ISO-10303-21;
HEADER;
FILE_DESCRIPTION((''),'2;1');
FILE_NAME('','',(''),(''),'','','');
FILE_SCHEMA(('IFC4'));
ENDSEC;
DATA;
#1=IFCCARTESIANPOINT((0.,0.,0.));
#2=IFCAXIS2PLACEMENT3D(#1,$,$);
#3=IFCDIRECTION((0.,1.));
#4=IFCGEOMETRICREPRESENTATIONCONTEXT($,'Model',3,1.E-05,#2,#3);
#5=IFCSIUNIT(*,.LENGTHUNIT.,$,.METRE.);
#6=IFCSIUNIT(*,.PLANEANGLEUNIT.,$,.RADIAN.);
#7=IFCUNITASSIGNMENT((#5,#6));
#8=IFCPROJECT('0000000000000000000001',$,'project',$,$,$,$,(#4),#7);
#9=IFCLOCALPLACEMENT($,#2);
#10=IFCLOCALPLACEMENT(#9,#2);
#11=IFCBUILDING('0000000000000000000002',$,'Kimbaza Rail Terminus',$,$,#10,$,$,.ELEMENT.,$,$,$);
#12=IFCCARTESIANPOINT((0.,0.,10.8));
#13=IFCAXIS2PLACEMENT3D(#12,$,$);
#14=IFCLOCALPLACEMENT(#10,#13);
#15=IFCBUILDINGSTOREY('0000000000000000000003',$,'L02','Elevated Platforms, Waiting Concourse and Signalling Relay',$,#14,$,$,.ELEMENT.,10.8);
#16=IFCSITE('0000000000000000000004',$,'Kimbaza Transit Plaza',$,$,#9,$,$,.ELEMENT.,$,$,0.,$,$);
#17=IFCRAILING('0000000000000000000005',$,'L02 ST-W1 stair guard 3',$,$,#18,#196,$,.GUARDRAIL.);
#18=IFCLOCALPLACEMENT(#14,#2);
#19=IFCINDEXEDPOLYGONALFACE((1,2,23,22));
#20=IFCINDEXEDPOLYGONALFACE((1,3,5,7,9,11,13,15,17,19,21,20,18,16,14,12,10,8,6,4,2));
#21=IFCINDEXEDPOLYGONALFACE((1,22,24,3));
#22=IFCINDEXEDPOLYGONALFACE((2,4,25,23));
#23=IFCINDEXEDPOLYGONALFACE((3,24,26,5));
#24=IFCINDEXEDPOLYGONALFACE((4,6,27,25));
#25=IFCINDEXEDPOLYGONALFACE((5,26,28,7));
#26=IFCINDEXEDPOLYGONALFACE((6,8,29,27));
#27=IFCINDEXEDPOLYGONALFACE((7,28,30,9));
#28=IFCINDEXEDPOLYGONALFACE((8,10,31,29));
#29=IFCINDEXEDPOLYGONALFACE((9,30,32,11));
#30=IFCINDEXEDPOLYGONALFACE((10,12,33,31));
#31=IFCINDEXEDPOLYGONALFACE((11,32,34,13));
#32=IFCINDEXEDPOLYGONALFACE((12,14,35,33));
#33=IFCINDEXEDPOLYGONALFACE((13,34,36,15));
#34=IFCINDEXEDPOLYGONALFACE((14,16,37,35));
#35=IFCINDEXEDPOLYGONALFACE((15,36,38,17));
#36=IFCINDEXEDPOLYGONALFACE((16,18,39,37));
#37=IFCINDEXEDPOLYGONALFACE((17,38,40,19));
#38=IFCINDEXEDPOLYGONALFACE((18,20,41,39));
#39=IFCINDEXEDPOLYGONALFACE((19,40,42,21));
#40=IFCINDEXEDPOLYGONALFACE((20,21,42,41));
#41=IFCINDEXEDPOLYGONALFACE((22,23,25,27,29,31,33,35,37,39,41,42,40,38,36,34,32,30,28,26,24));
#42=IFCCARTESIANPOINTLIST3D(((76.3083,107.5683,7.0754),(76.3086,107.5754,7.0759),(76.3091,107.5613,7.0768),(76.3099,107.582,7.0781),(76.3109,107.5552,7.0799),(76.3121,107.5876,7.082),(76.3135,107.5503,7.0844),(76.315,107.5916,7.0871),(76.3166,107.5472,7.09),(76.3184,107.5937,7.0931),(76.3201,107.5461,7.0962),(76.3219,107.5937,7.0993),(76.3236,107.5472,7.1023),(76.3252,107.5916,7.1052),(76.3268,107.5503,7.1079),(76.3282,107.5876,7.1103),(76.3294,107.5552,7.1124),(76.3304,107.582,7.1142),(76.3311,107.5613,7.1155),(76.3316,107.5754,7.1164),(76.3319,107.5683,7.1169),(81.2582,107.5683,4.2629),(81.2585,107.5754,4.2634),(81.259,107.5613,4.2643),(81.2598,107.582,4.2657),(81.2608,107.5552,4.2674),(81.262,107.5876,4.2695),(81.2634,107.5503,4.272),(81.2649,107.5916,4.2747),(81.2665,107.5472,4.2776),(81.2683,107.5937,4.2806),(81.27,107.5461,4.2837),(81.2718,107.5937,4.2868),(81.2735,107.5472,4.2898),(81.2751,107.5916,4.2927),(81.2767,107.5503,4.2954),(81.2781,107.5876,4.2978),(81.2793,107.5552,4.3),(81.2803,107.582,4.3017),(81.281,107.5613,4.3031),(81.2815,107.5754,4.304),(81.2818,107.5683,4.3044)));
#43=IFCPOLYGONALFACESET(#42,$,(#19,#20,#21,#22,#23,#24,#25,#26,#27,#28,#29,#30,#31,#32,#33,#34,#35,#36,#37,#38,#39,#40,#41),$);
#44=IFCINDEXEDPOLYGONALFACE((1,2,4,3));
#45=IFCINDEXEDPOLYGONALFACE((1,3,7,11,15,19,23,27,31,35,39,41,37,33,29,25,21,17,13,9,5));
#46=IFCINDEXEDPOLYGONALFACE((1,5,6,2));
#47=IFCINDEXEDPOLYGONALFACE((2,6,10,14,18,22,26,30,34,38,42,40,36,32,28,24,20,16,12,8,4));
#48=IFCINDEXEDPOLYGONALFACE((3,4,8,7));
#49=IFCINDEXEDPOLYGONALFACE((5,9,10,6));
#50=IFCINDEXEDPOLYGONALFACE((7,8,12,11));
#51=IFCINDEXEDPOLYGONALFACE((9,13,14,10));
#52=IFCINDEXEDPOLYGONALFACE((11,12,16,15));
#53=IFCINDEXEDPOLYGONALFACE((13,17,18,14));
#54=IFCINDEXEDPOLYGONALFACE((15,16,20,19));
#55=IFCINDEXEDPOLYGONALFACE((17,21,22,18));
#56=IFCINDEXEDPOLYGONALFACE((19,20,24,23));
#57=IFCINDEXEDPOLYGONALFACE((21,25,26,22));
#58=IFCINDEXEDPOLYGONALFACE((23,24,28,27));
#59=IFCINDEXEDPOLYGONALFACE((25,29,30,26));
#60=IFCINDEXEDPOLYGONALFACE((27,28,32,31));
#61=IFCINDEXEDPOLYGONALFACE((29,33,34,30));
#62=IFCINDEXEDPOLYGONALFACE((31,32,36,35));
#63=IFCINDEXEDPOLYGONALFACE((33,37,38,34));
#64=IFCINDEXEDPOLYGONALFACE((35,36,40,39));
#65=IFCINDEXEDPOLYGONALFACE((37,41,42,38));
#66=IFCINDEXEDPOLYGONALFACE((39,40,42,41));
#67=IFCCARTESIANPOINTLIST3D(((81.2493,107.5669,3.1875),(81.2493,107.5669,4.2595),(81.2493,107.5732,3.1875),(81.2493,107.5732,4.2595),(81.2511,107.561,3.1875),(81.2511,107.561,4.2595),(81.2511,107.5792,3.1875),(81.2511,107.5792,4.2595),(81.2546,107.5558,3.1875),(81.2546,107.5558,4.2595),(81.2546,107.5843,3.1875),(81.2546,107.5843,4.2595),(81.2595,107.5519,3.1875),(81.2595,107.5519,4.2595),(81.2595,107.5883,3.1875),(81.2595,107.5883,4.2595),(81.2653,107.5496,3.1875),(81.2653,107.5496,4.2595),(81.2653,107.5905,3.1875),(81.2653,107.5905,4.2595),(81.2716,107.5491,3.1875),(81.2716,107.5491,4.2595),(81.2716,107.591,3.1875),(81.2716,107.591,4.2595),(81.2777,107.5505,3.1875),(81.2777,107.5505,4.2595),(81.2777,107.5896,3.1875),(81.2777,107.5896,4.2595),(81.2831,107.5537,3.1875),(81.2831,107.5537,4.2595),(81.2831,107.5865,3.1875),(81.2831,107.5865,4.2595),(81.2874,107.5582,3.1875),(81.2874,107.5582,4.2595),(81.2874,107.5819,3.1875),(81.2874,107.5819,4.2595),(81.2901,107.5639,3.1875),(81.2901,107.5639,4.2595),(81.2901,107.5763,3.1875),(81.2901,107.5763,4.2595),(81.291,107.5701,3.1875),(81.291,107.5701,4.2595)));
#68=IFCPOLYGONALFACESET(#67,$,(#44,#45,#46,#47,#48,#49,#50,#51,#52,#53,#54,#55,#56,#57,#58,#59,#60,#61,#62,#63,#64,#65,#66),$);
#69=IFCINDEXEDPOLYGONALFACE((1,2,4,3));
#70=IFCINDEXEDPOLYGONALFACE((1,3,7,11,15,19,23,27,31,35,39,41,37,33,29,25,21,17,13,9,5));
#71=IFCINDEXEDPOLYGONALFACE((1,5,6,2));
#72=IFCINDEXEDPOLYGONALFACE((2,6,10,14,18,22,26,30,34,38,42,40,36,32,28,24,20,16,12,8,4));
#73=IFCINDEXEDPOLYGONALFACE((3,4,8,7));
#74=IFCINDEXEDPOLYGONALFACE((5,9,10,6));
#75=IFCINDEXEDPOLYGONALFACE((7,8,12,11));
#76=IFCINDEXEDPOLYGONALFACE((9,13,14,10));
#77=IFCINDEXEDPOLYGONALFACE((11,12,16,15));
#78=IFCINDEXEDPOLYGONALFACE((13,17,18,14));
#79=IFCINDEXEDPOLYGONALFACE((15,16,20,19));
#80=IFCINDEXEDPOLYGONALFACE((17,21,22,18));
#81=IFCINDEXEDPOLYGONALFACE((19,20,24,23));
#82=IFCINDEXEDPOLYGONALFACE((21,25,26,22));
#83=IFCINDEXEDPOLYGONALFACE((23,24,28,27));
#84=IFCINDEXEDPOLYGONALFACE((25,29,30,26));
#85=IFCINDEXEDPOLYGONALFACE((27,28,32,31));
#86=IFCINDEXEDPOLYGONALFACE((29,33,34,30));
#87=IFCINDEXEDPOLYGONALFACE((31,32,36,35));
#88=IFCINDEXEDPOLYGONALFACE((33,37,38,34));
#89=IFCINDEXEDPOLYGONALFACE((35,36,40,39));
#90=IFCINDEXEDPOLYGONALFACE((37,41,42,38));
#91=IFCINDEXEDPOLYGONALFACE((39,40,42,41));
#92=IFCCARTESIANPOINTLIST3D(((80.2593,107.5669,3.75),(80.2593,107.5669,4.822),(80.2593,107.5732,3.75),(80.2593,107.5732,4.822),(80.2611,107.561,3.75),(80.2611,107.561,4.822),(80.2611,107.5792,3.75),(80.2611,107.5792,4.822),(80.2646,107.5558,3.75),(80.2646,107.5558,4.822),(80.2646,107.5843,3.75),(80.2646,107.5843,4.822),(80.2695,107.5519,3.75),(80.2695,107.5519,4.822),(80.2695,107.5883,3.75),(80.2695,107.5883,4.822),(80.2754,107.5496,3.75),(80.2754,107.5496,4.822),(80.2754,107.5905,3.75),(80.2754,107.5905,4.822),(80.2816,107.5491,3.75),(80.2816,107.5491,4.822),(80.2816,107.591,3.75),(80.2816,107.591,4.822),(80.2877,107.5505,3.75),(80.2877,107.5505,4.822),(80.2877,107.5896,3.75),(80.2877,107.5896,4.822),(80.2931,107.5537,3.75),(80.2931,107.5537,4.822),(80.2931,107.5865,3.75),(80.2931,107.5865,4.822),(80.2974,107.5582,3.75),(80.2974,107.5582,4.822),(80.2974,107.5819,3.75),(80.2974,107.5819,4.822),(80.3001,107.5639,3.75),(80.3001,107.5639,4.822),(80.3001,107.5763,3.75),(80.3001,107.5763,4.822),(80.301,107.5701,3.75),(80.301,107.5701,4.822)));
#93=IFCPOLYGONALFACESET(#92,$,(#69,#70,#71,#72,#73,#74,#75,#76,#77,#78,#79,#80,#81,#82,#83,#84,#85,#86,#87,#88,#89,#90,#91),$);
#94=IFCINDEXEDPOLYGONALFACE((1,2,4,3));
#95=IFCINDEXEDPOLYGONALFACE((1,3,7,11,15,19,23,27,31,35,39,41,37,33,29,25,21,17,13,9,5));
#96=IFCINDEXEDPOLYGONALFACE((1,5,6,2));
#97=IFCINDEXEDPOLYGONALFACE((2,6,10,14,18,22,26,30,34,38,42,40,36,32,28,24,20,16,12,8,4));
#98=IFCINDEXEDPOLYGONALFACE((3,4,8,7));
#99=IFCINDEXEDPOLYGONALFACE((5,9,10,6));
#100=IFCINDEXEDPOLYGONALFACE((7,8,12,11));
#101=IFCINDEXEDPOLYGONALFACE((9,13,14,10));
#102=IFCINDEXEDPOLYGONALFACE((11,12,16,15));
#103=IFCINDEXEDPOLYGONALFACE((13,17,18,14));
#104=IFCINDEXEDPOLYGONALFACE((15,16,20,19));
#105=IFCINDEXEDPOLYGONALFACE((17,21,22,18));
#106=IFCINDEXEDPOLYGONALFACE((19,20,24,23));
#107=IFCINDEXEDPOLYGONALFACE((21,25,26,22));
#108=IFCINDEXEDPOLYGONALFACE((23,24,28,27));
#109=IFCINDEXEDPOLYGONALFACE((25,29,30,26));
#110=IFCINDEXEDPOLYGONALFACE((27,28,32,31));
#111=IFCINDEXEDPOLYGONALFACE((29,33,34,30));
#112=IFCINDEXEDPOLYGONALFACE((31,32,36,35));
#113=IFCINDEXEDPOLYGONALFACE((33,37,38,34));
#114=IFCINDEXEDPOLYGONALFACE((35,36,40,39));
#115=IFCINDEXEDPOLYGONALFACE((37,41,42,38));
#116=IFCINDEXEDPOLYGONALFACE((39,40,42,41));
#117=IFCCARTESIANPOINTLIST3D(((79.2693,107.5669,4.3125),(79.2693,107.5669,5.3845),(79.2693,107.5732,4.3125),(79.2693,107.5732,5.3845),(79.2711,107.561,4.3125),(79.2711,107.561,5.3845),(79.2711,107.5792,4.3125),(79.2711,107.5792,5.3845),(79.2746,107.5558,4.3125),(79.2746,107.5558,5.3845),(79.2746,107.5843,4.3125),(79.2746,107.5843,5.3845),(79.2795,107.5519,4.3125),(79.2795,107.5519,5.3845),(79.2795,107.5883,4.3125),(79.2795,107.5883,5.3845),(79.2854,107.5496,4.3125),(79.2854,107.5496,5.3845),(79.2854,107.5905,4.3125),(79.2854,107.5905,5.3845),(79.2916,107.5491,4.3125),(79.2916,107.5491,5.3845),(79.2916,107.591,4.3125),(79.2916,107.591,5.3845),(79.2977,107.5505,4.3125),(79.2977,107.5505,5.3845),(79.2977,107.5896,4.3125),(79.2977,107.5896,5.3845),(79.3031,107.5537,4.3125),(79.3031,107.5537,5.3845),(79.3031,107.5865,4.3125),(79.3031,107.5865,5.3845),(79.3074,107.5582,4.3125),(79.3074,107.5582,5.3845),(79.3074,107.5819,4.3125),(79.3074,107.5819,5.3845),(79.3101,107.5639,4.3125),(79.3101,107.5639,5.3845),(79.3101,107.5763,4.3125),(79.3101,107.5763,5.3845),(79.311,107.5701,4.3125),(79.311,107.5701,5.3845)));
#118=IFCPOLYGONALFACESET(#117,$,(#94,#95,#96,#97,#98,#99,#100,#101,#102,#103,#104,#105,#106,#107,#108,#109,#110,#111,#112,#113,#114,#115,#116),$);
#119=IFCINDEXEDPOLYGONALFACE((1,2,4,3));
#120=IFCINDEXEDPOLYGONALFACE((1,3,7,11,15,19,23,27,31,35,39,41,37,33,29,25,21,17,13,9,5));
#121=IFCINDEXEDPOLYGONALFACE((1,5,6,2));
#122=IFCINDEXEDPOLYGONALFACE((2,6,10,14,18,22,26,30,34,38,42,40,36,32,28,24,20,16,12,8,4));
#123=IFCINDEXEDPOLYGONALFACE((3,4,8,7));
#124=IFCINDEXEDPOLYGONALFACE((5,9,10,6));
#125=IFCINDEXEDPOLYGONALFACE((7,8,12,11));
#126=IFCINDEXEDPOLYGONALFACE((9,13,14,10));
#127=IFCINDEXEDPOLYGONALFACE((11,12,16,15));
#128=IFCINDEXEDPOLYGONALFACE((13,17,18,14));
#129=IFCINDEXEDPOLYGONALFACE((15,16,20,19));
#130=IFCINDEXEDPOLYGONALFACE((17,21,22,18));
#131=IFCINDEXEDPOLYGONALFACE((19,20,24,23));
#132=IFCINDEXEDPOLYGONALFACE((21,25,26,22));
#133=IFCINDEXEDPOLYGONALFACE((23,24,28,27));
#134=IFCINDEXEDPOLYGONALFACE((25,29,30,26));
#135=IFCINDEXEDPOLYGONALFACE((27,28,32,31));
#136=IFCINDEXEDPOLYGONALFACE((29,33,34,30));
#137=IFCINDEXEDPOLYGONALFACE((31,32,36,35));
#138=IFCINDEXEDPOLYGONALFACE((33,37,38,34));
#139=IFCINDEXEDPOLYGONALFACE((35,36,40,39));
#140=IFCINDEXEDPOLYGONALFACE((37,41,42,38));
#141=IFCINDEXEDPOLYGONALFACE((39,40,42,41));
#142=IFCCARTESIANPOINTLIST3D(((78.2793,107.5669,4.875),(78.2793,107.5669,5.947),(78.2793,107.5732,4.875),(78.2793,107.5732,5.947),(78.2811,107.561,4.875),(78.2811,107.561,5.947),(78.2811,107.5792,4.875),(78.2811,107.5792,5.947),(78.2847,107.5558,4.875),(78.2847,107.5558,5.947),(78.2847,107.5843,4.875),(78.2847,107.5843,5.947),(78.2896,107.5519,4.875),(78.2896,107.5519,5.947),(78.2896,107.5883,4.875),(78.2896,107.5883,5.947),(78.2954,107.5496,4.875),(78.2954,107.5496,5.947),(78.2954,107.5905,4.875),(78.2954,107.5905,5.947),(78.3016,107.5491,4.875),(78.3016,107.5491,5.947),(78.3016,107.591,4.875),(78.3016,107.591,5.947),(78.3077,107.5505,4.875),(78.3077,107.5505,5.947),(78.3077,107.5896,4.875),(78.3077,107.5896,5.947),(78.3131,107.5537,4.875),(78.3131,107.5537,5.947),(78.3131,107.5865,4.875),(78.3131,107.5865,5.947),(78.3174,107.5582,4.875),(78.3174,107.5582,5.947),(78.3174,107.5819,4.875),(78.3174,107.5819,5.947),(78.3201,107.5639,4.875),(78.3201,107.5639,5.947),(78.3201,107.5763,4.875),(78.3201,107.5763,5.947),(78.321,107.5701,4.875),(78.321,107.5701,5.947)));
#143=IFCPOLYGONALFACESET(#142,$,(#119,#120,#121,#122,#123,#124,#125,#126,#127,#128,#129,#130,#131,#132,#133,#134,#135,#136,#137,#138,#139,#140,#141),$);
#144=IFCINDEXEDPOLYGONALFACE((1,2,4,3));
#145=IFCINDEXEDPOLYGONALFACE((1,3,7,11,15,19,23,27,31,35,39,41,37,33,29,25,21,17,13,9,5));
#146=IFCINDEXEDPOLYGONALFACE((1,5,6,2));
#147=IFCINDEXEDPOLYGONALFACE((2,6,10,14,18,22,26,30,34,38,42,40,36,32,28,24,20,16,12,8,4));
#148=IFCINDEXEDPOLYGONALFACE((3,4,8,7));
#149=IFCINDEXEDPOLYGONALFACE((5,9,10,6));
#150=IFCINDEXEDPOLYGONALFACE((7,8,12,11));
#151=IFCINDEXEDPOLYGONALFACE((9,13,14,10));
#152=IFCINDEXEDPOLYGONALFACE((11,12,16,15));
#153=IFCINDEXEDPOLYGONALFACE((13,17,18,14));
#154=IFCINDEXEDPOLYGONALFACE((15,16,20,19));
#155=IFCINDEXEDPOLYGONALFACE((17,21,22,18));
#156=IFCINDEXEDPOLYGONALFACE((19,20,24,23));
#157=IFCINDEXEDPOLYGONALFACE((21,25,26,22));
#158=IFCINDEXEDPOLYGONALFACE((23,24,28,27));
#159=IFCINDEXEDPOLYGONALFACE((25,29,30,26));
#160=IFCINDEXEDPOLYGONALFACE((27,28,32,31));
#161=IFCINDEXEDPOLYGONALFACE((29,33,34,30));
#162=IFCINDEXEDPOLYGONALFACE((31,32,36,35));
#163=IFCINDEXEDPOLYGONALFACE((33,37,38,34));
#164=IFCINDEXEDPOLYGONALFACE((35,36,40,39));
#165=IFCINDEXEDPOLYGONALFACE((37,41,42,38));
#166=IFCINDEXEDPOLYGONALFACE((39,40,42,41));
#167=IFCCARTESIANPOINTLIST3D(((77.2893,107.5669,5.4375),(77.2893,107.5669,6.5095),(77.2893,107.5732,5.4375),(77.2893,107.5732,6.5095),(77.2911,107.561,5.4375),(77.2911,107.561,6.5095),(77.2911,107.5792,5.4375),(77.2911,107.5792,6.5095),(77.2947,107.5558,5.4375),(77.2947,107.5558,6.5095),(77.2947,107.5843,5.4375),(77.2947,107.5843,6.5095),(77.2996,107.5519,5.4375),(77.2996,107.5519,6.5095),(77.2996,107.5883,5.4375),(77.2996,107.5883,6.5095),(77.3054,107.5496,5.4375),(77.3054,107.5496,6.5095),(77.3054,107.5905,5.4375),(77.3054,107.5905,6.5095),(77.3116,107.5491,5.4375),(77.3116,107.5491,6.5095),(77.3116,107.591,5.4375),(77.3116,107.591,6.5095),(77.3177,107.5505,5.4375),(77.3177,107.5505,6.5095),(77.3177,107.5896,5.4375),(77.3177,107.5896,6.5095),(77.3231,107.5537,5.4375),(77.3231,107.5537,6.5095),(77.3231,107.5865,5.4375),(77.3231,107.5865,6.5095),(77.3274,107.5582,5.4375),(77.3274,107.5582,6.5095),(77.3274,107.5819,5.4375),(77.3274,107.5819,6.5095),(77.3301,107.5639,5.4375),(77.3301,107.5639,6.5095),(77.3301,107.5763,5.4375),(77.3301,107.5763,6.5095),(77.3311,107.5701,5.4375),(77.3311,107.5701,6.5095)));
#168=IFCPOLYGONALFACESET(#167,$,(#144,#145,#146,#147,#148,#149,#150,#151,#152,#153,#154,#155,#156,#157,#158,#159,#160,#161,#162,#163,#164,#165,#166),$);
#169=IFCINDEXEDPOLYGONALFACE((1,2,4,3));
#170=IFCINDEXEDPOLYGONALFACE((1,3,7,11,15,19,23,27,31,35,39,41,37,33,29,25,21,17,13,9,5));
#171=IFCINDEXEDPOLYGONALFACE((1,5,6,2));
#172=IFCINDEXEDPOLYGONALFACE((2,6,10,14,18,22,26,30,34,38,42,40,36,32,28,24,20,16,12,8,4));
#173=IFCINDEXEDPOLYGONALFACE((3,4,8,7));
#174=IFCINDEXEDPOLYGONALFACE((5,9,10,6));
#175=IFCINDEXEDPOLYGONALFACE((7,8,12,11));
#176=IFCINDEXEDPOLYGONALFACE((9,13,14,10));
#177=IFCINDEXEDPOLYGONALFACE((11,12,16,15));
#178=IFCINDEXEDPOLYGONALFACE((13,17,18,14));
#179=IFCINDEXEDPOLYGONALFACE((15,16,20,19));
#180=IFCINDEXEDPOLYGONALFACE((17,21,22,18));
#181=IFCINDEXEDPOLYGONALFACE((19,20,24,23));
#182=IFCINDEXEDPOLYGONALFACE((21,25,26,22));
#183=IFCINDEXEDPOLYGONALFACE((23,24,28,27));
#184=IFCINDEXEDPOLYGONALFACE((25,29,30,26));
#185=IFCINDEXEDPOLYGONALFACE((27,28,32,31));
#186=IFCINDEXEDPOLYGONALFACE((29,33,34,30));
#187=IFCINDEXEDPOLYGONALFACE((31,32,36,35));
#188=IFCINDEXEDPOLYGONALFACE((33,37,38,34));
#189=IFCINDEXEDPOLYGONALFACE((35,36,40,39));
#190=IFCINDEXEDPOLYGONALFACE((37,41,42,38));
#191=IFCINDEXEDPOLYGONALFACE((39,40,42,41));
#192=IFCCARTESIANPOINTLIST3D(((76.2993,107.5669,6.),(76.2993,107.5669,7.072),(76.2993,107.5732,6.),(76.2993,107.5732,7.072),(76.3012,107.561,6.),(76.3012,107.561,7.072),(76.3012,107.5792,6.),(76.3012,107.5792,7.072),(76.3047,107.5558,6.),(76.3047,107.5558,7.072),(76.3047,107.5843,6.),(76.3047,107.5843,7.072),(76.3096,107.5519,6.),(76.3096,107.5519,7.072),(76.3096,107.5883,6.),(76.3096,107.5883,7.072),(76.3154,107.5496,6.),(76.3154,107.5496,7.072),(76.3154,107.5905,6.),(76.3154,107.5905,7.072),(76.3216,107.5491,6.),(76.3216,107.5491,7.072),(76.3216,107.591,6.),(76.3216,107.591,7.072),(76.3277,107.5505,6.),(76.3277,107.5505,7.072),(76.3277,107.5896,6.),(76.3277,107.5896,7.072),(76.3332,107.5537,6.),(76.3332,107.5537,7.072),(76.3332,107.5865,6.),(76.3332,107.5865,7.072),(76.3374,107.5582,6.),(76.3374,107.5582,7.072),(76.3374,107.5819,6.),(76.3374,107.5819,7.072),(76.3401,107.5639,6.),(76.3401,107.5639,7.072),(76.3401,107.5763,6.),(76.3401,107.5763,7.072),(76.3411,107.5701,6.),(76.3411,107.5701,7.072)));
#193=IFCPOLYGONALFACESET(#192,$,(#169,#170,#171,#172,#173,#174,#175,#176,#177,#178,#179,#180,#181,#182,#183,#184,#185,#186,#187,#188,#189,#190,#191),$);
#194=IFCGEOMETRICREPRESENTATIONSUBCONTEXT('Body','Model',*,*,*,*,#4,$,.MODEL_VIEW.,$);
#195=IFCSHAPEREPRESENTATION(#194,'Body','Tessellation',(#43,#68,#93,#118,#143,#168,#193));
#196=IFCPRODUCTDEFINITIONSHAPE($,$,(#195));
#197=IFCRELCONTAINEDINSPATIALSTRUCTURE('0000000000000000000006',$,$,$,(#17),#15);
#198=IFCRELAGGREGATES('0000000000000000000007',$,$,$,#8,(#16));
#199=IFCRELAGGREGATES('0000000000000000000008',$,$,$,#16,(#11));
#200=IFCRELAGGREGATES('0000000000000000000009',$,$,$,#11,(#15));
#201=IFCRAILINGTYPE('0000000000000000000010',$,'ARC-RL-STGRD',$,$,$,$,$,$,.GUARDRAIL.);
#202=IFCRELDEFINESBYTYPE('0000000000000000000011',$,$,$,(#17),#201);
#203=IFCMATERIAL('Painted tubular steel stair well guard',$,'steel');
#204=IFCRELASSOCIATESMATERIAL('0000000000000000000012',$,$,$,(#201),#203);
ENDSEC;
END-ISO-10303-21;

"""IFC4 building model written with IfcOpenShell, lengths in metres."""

from ifc_helpers import new_model, si_unit, direction, frame, origin, origin_2d, place, context, subcontext, project, spatial, circle, extrude, material, type_object, element, save


model = new_model("IFC4")

# Units and contexts
model_context = context("Model", 3, precision=1e-05, world=origin(), true_north=direction((0.0, 1.0)))
body_context = subcontext(model_context, "Body", "Model", "MODEL_VIEW")
ifc_project = project(units=[si_unit("LENGTHUNIT", "METRE"), si_unit("PLANEANGLEUNIT", "RADIAN")], contexts=[model_context])

# Site, building, storey
site_placement = place(None, origin())
site = spatial("IfcSite", under=ifc_project, at=site_placement, Name="Kimbaza Transit Plaza", CompositionType="ELEMENT", RefElevation=0.0)
building_placement = place(site_placement, origin())
building = spatial("IfcBuilding", under=site, at=building_placement, Name="Kimbaza Rail Terminus", CompositionType="ELEMENT")
storey_placement = place(building_placement, frame((0.0, 0.0, 10.8)))
storey = spatial("IfcBuildingStorey", under=building, at=storey_placement, Name="L02", Description="Elevated Platforms, Waiting Concourse and Signalling Relay", CompositionType="ELEMENT", Elevation=10.8)

# Railing
ifc_material_1 = material(Name="Painted tubular steel stair well guard", Category="steel")
railing_type_1 = type_object("IfcRailingType", Name="ARC-RL-STGRD", PredefinedType="GUARDRAIL", material=ifc_material_1)
railing_1_placement = place(storey_placement, frame((81.27, 107.5701, 3.1875)))
element("IfcRailing", 1, at=railing_1_placement, inside=storey, type_object=railing_type_1, Name="L02 ST-W1 stair guard 3", PredefinedType="GUARDRAIL", context=body_context, shape_type="SweptSolid", body=[
    extrude(circle(Radius=0.0239, at=origin_2d()), frame((0.0, 0.0, 1.0962), z_axis=(-0.869454, 0.0, 0.494013), x_axis=(0.0, -1.0, 0.0)), (0.0, 0.0, 1.0), 5.6931),
    extrude(circle(Radius=0.021, at=origin_2d()), origin(), (0.0, 0.0, 1.0), 1.072),
    extrude(circle(Radius=0.021, at=origin_2d()), frame((-0.99, 0.0, 0.5625)), (0.0, 0.0, 1.0), 1.072),
    extrude(circle(Radius=0.021, at=origin_2d()), frame((-1.98, 0.0, 1.125)), (0.0, 0.0, 1.0), 1.072),
    extrude(circle(Radius=0.021, at=origin_2d()), frame((-2.97, 0.0, 1.6875)), (0.0, 0.0, 1.0), 1.072),
    extrude(circle(Radius=0.021, at=origin_2d()), frame((-3.96, 0.0, 2.25)), (0.0, 0.0, 1.0), 1.072),
    extrude(circle(Radius=0.021, at=origin_2d()), frame((-4.95, 0.0, 2.8125)), (0.0, 0.0, 1.0), 1.072),
])

save(model, "model.ifc")
